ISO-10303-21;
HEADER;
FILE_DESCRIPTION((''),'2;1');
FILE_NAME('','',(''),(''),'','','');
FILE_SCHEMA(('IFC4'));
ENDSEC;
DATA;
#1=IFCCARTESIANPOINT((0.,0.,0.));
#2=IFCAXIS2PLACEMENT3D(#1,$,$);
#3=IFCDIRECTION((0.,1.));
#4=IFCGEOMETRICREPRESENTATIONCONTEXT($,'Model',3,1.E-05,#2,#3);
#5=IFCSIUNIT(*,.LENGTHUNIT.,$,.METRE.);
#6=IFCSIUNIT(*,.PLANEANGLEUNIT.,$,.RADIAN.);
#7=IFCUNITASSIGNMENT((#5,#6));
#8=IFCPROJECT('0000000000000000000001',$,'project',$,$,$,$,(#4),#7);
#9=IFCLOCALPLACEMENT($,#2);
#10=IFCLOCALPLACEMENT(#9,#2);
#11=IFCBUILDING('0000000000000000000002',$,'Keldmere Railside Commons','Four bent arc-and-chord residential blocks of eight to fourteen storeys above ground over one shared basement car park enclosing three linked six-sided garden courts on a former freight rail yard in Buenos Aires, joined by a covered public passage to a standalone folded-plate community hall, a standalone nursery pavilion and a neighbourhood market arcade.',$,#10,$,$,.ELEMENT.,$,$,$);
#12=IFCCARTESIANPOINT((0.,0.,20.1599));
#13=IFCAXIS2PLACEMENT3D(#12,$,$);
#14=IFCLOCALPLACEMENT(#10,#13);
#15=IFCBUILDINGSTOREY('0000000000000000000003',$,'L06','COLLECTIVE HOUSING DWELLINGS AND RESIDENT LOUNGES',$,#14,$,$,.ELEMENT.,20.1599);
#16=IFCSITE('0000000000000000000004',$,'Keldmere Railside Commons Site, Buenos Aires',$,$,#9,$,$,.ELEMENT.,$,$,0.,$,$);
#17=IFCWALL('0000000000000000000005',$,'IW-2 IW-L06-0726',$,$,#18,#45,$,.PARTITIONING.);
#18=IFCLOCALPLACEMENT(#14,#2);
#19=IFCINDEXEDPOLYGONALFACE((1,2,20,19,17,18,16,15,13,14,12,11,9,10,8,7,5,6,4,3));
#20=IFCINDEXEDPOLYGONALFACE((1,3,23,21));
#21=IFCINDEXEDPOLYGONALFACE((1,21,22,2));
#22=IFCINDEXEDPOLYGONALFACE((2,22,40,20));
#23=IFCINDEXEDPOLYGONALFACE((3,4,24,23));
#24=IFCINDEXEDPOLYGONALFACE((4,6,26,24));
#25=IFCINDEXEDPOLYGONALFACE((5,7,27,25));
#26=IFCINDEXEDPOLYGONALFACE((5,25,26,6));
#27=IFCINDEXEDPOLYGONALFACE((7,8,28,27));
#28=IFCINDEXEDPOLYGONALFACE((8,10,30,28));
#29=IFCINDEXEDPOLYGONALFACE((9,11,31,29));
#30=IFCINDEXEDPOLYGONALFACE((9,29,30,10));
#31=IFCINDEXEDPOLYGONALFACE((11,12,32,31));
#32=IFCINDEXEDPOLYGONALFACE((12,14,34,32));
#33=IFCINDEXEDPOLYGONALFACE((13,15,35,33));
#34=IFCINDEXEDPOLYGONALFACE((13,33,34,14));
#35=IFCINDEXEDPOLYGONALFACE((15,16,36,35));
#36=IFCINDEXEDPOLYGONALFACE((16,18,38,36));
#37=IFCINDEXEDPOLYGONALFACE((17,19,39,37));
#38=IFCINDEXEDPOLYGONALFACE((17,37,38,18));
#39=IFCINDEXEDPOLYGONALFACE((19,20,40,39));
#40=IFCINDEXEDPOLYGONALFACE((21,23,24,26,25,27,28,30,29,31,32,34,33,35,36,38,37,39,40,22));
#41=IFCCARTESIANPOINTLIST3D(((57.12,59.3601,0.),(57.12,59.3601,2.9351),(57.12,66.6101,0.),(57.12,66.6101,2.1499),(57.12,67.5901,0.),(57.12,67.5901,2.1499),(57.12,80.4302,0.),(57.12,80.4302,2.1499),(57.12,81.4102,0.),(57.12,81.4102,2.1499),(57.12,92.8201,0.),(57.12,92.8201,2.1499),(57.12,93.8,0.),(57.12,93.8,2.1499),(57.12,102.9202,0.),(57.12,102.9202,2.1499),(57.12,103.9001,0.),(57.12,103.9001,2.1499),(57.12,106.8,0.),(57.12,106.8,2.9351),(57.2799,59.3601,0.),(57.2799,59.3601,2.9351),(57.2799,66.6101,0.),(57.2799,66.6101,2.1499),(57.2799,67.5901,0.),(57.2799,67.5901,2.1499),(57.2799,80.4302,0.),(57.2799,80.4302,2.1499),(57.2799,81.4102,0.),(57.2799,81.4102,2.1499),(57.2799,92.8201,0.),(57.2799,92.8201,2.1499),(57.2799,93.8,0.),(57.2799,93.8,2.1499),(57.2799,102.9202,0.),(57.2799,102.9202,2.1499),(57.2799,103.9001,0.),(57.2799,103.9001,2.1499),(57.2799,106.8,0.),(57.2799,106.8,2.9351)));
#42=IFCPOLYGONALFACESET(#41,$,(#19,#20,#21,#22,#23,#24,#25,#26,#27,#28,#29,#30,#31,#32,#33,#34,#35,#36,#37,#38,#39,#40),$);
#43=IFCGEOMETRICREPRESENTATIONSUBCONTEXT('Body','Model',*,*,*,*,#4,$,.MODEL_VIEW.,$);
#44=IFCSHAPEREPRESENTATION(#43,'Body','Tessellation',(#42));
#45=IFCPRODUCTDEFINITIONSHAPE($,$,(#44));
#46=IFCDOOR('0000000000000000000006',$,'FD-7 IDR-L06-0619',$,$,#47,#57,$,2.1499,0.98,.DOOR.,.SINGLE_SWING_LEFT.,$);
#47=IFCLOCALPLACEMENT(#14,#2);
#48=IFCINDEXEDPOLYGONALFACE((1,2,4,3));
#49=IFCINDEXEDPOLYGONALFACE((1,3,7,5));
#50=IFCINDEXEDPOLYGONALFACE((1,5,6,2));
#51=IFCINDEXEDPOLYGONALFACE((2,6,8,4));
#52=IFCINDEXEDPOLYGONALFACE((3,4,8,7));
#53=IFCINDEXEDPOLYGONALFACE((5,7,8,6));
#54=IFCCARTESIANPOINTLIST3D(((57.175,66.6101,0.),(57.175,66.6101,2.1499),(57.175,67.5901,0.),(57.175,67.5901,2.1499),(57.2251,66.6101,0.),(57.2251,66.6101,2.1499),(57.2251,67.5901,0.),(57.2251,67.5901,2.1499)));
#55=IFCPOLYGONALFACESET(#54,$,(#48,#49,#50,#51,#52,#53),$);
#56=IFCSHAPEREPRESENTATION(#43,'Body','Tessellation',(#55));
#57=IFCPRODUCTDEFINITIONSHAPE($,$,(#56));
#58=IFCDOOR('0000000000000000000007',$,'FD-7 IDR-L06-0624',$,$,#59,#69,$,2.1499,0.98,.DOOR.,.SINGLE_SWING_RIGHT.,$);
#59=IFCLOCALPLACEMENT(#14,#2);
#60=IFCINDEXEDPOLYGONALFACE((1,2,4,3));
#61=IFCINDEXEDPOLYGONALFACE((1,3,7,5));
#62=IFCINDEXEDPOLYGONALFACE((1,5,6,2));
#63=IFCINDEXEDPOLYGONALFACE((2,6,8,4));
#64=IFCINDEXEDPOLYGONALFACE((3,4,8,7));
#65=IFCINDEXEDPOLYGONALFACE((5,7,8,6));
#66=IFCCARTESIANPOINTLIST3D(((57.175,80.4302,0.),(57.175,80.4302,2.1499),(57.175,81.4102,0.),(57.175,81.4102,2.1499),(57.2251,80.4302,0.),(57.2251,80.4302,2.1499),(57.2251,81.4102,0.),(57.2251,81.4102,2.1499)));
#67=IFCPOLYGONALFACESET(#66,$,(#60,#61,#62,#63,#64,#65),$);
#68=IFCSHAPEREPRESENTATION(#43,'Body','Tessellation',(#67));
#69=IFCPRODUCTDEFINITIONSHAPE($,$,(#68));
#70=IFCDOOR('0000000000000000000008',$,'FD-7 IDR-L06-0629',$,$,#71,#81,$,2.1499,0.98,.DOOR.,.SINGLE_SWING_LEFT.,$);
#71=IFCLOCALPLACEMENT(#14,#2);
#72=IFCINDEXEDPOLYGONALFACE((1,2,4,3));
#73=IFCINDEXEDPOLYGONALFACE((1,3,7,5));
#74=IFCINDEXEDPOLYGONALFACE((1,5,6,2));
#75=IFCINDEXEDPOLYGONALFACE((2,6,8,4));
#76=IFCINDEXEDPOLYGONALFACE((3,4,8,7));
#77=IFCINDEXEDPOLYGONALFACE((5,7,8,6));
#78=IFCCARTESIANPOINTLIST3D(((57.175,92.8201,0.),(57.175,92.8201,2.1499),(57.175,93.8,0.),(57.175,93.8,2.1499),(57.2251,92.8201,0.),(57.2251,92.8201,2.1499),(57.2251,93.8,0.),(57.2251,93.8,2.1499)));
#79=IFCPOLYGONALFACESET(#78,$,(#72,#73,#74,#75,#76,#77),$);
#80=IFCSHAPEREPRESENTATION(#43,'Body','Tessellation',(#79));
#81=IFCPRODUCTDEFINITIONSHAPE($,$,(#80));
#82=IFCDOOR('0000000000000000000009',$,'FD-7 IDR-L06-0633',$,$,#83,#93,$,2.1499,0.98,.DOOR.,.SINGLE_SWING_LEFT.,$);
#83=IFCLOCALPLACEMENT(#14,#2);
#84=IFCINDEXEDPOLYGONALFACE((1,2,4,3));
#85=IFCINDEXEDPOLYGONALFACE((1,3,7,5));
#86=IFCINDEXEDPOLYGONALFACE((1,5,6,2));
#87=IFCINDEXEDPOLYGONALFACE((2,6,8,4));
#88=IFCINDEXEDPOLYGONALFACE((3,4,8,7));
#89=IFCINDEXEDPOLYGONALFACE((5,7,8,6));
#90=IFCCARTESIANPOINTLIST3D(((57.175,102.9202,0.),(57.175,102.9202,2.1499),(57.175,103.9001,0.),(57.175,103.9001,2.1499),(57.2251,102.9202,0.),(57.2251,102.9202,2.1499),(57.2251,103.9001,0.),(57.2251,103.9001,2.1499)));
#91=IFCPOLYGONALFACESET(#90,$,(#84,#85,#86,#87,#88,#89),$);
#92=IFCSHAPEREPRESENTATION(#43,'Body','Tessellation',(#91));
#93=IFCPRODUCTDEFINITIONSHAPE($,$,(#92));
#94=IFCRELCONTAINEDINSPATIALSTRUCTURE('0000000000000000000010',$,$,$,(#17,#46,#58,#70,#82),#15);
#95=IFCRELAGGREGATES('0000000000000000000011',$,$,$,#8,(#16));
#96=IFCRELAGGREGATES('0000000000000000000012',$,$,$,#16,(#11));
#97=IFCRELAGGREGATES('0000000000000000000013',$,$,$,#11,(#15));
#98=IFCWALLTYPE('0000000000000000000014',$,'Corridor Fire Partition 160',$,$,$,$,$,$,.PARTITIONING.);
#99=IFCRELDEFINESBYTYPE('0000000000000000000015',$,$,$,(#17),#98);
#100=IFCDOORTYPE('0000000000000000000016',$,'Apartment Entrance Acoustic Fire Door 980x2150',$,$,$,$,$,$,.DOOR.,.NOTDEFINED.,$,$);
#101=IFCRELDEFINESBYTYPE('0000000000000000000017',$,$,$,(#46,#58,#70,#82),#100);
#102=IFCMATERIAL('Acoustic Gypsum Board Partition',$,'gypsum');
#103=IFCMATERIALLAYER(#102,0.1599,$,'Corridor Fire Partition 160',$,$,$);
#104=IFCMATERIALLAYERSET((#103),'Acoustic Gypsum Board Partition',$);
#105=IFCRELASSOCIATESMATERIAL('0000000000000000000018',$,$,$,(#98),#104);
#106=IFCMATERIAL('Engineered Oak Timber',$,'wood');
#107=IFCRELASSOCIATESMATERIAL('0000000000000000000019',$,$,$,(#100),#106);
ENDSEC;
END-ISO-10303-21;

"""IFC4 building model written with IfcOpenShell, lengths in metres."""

from ifc_helpers import new_model, si_unit, direction, frame, frame_2d, origin, place, context, subcontext, project, spatial, rectangle, extrude, material, layer, layer_set, type_object, element, fill, save


model = new_model("IFC4")

# Units and contexts
model_context = context("Model", 3, precision=1e-05, world=origin(), true_north=direction((0.0, 1.0)))
body_context = subcontext(model_context, "Body", "Model", "MODEL_VIEW")
ifc_project = project(units=[si_unit("LENGTHUNIT", "METRE"), si_unit("PLANEANGLEUNIT", "RADIAN")], contexts=[model_context])

# Site, building, storey
site_placement = place(None, origin())
site = spatial("IfcSite", under=ifc_project, at=site_placement, Name="Keldmere Railside Commons Site, Buenos Aires", CompositionType="ELEMENT", RefElevation=0.0)
building_placement = place(site_placement, origin())
building = spatial("IfcBuilding", under=site, at=building_placement, Name="Keldmere Railside Commons", Description="Four bent arc-and-chord residential blocks of eight to fourteen storeys above ground over one shared basement car park enclosing three linked six-sided garden courts on a former freight rail yard in Buenos Aires, joined by a covered public passage to a standalone folded-plate community hall, a standalone nursery pavilion and a neighbourhood market arcade.", CompositionType="ELEMENT")
storey_placement = place(building_placement, frame((0.0, 0.0, 20.1599)))
storey = spatial("IfcBuildingStorey", under=building, at=storey_placement, Name="L06", Description="COLLECTIVE HOUSING DWELLINGS AND RESIDENT LOUNGES", CompositionType="ELEMENT", Elevation=20.1599)

# Shared definitions
ifc_material_1 = material(Name="Acoustic Gypsum Board Partition", Category="gypsum")
ifc_material_2 = material(Name="Engineered Oak Timber", Category="wood")

# Wall, openings, doors
ifc_layer_1 = layer(ifc_material_1, 0.1599, Name="Corridor Fire Partition 160")
ifc_layer_set_1 = layer_set([ifc_layer_1], Name="Acoustic Gypsum Board Partition")
wall_type_1 = type_object("IfcWallType", Name="Corridor Fire Partition 160", PredefinedType="PARTITIONING", material=ifc_layer_set_1)
door_type_1 = type_object("IfcDoorType", Name="Apartment Entrance Acoustic Fire Door 980x2150", OperationType="NOTDEFINED", PredefinedType="DOOR", material=ifc_material_2)
wall_1_placement = place(storey_placement, frame((57.2, 59.3601, 0.0), z_axis=(0.0, 0.0, 1.0), x_axis=(0.0, 1.0, 0.0)))
wall_1 = element("IfcWall", 1, at=wall_1_placement, inside=storey, type_object=wall_type_1, Name="IW-2 IW-L06-0726", PredefinedType="PARTITIONING", context=body_context, shape_type="SweptSolid", body=[
    extrude(rectangle(XDim=47.4399, YDim=0.1599, at=frame_2d((23.72, 0.0))), origin(), (0.0, 0.0, 1.0), 2.9351),
])
opening_1_placement = place(wall_1_placement, frame((7.25, 0.0, 0.0)))
opening_1 = element("IfcOpeningElement", 2, at=opening_1_placement, cuts=wall_1, PredefinedType="OPENING", context=body_context, shape_type="SweptSolid", body=[
    extrude(rectangle(XDim=0.98, YDim=2.1499, at=frame_2d((0.49, 1.075))), frame((0.0, 0.0898, 0.0), z_axis=(0.0, -1.0, 0.0), x_axis=(1.0, 0.0, 0.0)), (0.0, 0.0, 1.0), 0.1799),
])
opening_2_placement = place(wall_1_placement, frame((21.0701, 0.0, 0.0)))
opening_2 = element("IfcOpeningElement", 3, at=opening_2_placement, cuts=wall_1, PredefinedType="OPENING", context=body_context, shape_type="SweptSolid", body=[
    extrude(rectangle(XDim=0.98, YDim=2.1499, at=frame_2d((0.49, 1.075))), frame((0.0, 0.0898, 0.0), z_axis=(0.0, -1.0, 0.0), x_axis=(1.0, 0.0, 0.0)), (0.0, 0.0, 1.0), 0.1799),
])
opening_3_placement = place(wall_1_placement, frame((33.46, 0.0, 0.0)))
opening_3 = element("IfcOpeningElement", 4, at=opening_3_placement, cuts=wall_1, PredefinedType="OPENING", context=body_context, shape_type="SweptSolid", body=[
    extrude(rectangle(XDim=0.98, YDim=2.1499, at=frame_2d((0.49, 1.075))), frame((0.0, 0.0898, 0.0), z_axis=(0.0, -1.0, 0.0), x_axis=(1.0, 0.0, 0.0)), (0.0, 0.0, 1.0), 0.1799),
])
opening_4_placement = place(wall_1_placement, frame((43.5601, 0.0, 0.0)))
opening_4 = element("IfcOpeningElement", 5, at=opening_4_placement, cuts=wall_1, PredefinedType="OPENING", context=body_context, shape_type="SweptSolid", body=[
    extrude(rectangle(XDim=0.98, YDim=2.1499, at=frame_2d((0.49, 1.075))), frame((0.0, 0.0898, 0.0), z_axis=(0.0, -1.0, 0.0), x_axis=(1.0, 0.0, 0.0)), (0.0, 0.0, 1.0), 0.1799),
])
door_1_placement = place(opening_1_placement, origin())
door_1 = element("IfcDoor", 6, at=door_1_placement, inside=storey, type_object=door_type_1, Name="FD-7 IDR-L06-0619", OperationType="SINGLE_SWING_LEFT", OverallHeight=2.1499, OverallWidth=0.98, PredefinedType="DOOR", context=body_context, shape_type="SweptSolid", body=[
    extrude(rectangle(XDim=0.98, YDim=2.1499, at=frame_2d((0.49, 1.075))), frame((0.0, 0.0249, 0.0), z_axis=(0.0, -1.0, 0.0), x_axis=(1.0, 0.0, 0.0)), (0.0, 0.0, 1.0), 0.05),
])
fill(opening_1, door_1)
door_2_placement = place(opening_2_placement, origin())
door_2 = element("IfcDoor", 7, at=door_2_placement, inside=storey, type_object=door_type_1, Name="FD-7 IDR-L06-0624", OperationType="SINGLE_SWING_RIGHT", OverallHeight=2.1499, OverallWidth=0.98, PredefinedType="DOOR", context=body_context, shape_type="SweptSolid", body=[
    extrude(rectangle(XDim=0.98, YDim=2.1499, at=frame_2d((0.49, 1.075))), frame((0.0, 0.0249, 0.0), z_axis=(0.0, -1.0, 0.0), x_axis=(1.0, 0.0, 0.0)), (0.0, 0.0, 1.0), 0.05),
])
fill(opening_2, door_2)
door_3_placement = place(opening_3_placement, origin())
door_3 = element("IfcDoor", 8, at=door_3_placement, inside=storey, type_object=door_type_1, Name="FD-7 IDR-L06-0629", OperationType="SINGLE_SWING_LEFT", OverallHeight=2.1499, OverallWidth=0.98, PredefinedType="DOOR", context=body_context, shape_type="SweptSolid", body=[
    extrude(rectangle(XDim=0.98, YDim=2.1499, at=frame_2d((0.49, 1.075))), frame((0.0, 0.0249, 0.0), z_axis=(0.0, -1.0, 0.0), x_axis=(1.0, 0.0, 0.0)), (0.0, 0.0, 1.0), 0.05),
])
fill(opening_3, door_3)
door_4_placement = place(opening_4_placement, origin())
door_4 = element("IfcDoor", 9, at=door_4_placement, inside=storey, type_object=door_type_1, Name="FD-7 IDR-L06-0633", OperationType="SINGLE_SWING_LEFT", OverallHeight=2.1499, OverallWidth=0.98, PredefinedType="DOOR", context=body_context, shape_type="SweptSolid", body=[
    extrude(rectangle(XDim=0.98, YDim=2.1499, at=frame_2d((0.49, 1.075))), frame((0.0, 0.0249, 0.0), z_axis=(0.0, -1.0, 0.0), x_axis=(1.0, 0.0, 0.0)), (0.0, 0.0, 1.0), 0.05),
])
fill(opening_4, door_4)

save(model, "model.ifc")
